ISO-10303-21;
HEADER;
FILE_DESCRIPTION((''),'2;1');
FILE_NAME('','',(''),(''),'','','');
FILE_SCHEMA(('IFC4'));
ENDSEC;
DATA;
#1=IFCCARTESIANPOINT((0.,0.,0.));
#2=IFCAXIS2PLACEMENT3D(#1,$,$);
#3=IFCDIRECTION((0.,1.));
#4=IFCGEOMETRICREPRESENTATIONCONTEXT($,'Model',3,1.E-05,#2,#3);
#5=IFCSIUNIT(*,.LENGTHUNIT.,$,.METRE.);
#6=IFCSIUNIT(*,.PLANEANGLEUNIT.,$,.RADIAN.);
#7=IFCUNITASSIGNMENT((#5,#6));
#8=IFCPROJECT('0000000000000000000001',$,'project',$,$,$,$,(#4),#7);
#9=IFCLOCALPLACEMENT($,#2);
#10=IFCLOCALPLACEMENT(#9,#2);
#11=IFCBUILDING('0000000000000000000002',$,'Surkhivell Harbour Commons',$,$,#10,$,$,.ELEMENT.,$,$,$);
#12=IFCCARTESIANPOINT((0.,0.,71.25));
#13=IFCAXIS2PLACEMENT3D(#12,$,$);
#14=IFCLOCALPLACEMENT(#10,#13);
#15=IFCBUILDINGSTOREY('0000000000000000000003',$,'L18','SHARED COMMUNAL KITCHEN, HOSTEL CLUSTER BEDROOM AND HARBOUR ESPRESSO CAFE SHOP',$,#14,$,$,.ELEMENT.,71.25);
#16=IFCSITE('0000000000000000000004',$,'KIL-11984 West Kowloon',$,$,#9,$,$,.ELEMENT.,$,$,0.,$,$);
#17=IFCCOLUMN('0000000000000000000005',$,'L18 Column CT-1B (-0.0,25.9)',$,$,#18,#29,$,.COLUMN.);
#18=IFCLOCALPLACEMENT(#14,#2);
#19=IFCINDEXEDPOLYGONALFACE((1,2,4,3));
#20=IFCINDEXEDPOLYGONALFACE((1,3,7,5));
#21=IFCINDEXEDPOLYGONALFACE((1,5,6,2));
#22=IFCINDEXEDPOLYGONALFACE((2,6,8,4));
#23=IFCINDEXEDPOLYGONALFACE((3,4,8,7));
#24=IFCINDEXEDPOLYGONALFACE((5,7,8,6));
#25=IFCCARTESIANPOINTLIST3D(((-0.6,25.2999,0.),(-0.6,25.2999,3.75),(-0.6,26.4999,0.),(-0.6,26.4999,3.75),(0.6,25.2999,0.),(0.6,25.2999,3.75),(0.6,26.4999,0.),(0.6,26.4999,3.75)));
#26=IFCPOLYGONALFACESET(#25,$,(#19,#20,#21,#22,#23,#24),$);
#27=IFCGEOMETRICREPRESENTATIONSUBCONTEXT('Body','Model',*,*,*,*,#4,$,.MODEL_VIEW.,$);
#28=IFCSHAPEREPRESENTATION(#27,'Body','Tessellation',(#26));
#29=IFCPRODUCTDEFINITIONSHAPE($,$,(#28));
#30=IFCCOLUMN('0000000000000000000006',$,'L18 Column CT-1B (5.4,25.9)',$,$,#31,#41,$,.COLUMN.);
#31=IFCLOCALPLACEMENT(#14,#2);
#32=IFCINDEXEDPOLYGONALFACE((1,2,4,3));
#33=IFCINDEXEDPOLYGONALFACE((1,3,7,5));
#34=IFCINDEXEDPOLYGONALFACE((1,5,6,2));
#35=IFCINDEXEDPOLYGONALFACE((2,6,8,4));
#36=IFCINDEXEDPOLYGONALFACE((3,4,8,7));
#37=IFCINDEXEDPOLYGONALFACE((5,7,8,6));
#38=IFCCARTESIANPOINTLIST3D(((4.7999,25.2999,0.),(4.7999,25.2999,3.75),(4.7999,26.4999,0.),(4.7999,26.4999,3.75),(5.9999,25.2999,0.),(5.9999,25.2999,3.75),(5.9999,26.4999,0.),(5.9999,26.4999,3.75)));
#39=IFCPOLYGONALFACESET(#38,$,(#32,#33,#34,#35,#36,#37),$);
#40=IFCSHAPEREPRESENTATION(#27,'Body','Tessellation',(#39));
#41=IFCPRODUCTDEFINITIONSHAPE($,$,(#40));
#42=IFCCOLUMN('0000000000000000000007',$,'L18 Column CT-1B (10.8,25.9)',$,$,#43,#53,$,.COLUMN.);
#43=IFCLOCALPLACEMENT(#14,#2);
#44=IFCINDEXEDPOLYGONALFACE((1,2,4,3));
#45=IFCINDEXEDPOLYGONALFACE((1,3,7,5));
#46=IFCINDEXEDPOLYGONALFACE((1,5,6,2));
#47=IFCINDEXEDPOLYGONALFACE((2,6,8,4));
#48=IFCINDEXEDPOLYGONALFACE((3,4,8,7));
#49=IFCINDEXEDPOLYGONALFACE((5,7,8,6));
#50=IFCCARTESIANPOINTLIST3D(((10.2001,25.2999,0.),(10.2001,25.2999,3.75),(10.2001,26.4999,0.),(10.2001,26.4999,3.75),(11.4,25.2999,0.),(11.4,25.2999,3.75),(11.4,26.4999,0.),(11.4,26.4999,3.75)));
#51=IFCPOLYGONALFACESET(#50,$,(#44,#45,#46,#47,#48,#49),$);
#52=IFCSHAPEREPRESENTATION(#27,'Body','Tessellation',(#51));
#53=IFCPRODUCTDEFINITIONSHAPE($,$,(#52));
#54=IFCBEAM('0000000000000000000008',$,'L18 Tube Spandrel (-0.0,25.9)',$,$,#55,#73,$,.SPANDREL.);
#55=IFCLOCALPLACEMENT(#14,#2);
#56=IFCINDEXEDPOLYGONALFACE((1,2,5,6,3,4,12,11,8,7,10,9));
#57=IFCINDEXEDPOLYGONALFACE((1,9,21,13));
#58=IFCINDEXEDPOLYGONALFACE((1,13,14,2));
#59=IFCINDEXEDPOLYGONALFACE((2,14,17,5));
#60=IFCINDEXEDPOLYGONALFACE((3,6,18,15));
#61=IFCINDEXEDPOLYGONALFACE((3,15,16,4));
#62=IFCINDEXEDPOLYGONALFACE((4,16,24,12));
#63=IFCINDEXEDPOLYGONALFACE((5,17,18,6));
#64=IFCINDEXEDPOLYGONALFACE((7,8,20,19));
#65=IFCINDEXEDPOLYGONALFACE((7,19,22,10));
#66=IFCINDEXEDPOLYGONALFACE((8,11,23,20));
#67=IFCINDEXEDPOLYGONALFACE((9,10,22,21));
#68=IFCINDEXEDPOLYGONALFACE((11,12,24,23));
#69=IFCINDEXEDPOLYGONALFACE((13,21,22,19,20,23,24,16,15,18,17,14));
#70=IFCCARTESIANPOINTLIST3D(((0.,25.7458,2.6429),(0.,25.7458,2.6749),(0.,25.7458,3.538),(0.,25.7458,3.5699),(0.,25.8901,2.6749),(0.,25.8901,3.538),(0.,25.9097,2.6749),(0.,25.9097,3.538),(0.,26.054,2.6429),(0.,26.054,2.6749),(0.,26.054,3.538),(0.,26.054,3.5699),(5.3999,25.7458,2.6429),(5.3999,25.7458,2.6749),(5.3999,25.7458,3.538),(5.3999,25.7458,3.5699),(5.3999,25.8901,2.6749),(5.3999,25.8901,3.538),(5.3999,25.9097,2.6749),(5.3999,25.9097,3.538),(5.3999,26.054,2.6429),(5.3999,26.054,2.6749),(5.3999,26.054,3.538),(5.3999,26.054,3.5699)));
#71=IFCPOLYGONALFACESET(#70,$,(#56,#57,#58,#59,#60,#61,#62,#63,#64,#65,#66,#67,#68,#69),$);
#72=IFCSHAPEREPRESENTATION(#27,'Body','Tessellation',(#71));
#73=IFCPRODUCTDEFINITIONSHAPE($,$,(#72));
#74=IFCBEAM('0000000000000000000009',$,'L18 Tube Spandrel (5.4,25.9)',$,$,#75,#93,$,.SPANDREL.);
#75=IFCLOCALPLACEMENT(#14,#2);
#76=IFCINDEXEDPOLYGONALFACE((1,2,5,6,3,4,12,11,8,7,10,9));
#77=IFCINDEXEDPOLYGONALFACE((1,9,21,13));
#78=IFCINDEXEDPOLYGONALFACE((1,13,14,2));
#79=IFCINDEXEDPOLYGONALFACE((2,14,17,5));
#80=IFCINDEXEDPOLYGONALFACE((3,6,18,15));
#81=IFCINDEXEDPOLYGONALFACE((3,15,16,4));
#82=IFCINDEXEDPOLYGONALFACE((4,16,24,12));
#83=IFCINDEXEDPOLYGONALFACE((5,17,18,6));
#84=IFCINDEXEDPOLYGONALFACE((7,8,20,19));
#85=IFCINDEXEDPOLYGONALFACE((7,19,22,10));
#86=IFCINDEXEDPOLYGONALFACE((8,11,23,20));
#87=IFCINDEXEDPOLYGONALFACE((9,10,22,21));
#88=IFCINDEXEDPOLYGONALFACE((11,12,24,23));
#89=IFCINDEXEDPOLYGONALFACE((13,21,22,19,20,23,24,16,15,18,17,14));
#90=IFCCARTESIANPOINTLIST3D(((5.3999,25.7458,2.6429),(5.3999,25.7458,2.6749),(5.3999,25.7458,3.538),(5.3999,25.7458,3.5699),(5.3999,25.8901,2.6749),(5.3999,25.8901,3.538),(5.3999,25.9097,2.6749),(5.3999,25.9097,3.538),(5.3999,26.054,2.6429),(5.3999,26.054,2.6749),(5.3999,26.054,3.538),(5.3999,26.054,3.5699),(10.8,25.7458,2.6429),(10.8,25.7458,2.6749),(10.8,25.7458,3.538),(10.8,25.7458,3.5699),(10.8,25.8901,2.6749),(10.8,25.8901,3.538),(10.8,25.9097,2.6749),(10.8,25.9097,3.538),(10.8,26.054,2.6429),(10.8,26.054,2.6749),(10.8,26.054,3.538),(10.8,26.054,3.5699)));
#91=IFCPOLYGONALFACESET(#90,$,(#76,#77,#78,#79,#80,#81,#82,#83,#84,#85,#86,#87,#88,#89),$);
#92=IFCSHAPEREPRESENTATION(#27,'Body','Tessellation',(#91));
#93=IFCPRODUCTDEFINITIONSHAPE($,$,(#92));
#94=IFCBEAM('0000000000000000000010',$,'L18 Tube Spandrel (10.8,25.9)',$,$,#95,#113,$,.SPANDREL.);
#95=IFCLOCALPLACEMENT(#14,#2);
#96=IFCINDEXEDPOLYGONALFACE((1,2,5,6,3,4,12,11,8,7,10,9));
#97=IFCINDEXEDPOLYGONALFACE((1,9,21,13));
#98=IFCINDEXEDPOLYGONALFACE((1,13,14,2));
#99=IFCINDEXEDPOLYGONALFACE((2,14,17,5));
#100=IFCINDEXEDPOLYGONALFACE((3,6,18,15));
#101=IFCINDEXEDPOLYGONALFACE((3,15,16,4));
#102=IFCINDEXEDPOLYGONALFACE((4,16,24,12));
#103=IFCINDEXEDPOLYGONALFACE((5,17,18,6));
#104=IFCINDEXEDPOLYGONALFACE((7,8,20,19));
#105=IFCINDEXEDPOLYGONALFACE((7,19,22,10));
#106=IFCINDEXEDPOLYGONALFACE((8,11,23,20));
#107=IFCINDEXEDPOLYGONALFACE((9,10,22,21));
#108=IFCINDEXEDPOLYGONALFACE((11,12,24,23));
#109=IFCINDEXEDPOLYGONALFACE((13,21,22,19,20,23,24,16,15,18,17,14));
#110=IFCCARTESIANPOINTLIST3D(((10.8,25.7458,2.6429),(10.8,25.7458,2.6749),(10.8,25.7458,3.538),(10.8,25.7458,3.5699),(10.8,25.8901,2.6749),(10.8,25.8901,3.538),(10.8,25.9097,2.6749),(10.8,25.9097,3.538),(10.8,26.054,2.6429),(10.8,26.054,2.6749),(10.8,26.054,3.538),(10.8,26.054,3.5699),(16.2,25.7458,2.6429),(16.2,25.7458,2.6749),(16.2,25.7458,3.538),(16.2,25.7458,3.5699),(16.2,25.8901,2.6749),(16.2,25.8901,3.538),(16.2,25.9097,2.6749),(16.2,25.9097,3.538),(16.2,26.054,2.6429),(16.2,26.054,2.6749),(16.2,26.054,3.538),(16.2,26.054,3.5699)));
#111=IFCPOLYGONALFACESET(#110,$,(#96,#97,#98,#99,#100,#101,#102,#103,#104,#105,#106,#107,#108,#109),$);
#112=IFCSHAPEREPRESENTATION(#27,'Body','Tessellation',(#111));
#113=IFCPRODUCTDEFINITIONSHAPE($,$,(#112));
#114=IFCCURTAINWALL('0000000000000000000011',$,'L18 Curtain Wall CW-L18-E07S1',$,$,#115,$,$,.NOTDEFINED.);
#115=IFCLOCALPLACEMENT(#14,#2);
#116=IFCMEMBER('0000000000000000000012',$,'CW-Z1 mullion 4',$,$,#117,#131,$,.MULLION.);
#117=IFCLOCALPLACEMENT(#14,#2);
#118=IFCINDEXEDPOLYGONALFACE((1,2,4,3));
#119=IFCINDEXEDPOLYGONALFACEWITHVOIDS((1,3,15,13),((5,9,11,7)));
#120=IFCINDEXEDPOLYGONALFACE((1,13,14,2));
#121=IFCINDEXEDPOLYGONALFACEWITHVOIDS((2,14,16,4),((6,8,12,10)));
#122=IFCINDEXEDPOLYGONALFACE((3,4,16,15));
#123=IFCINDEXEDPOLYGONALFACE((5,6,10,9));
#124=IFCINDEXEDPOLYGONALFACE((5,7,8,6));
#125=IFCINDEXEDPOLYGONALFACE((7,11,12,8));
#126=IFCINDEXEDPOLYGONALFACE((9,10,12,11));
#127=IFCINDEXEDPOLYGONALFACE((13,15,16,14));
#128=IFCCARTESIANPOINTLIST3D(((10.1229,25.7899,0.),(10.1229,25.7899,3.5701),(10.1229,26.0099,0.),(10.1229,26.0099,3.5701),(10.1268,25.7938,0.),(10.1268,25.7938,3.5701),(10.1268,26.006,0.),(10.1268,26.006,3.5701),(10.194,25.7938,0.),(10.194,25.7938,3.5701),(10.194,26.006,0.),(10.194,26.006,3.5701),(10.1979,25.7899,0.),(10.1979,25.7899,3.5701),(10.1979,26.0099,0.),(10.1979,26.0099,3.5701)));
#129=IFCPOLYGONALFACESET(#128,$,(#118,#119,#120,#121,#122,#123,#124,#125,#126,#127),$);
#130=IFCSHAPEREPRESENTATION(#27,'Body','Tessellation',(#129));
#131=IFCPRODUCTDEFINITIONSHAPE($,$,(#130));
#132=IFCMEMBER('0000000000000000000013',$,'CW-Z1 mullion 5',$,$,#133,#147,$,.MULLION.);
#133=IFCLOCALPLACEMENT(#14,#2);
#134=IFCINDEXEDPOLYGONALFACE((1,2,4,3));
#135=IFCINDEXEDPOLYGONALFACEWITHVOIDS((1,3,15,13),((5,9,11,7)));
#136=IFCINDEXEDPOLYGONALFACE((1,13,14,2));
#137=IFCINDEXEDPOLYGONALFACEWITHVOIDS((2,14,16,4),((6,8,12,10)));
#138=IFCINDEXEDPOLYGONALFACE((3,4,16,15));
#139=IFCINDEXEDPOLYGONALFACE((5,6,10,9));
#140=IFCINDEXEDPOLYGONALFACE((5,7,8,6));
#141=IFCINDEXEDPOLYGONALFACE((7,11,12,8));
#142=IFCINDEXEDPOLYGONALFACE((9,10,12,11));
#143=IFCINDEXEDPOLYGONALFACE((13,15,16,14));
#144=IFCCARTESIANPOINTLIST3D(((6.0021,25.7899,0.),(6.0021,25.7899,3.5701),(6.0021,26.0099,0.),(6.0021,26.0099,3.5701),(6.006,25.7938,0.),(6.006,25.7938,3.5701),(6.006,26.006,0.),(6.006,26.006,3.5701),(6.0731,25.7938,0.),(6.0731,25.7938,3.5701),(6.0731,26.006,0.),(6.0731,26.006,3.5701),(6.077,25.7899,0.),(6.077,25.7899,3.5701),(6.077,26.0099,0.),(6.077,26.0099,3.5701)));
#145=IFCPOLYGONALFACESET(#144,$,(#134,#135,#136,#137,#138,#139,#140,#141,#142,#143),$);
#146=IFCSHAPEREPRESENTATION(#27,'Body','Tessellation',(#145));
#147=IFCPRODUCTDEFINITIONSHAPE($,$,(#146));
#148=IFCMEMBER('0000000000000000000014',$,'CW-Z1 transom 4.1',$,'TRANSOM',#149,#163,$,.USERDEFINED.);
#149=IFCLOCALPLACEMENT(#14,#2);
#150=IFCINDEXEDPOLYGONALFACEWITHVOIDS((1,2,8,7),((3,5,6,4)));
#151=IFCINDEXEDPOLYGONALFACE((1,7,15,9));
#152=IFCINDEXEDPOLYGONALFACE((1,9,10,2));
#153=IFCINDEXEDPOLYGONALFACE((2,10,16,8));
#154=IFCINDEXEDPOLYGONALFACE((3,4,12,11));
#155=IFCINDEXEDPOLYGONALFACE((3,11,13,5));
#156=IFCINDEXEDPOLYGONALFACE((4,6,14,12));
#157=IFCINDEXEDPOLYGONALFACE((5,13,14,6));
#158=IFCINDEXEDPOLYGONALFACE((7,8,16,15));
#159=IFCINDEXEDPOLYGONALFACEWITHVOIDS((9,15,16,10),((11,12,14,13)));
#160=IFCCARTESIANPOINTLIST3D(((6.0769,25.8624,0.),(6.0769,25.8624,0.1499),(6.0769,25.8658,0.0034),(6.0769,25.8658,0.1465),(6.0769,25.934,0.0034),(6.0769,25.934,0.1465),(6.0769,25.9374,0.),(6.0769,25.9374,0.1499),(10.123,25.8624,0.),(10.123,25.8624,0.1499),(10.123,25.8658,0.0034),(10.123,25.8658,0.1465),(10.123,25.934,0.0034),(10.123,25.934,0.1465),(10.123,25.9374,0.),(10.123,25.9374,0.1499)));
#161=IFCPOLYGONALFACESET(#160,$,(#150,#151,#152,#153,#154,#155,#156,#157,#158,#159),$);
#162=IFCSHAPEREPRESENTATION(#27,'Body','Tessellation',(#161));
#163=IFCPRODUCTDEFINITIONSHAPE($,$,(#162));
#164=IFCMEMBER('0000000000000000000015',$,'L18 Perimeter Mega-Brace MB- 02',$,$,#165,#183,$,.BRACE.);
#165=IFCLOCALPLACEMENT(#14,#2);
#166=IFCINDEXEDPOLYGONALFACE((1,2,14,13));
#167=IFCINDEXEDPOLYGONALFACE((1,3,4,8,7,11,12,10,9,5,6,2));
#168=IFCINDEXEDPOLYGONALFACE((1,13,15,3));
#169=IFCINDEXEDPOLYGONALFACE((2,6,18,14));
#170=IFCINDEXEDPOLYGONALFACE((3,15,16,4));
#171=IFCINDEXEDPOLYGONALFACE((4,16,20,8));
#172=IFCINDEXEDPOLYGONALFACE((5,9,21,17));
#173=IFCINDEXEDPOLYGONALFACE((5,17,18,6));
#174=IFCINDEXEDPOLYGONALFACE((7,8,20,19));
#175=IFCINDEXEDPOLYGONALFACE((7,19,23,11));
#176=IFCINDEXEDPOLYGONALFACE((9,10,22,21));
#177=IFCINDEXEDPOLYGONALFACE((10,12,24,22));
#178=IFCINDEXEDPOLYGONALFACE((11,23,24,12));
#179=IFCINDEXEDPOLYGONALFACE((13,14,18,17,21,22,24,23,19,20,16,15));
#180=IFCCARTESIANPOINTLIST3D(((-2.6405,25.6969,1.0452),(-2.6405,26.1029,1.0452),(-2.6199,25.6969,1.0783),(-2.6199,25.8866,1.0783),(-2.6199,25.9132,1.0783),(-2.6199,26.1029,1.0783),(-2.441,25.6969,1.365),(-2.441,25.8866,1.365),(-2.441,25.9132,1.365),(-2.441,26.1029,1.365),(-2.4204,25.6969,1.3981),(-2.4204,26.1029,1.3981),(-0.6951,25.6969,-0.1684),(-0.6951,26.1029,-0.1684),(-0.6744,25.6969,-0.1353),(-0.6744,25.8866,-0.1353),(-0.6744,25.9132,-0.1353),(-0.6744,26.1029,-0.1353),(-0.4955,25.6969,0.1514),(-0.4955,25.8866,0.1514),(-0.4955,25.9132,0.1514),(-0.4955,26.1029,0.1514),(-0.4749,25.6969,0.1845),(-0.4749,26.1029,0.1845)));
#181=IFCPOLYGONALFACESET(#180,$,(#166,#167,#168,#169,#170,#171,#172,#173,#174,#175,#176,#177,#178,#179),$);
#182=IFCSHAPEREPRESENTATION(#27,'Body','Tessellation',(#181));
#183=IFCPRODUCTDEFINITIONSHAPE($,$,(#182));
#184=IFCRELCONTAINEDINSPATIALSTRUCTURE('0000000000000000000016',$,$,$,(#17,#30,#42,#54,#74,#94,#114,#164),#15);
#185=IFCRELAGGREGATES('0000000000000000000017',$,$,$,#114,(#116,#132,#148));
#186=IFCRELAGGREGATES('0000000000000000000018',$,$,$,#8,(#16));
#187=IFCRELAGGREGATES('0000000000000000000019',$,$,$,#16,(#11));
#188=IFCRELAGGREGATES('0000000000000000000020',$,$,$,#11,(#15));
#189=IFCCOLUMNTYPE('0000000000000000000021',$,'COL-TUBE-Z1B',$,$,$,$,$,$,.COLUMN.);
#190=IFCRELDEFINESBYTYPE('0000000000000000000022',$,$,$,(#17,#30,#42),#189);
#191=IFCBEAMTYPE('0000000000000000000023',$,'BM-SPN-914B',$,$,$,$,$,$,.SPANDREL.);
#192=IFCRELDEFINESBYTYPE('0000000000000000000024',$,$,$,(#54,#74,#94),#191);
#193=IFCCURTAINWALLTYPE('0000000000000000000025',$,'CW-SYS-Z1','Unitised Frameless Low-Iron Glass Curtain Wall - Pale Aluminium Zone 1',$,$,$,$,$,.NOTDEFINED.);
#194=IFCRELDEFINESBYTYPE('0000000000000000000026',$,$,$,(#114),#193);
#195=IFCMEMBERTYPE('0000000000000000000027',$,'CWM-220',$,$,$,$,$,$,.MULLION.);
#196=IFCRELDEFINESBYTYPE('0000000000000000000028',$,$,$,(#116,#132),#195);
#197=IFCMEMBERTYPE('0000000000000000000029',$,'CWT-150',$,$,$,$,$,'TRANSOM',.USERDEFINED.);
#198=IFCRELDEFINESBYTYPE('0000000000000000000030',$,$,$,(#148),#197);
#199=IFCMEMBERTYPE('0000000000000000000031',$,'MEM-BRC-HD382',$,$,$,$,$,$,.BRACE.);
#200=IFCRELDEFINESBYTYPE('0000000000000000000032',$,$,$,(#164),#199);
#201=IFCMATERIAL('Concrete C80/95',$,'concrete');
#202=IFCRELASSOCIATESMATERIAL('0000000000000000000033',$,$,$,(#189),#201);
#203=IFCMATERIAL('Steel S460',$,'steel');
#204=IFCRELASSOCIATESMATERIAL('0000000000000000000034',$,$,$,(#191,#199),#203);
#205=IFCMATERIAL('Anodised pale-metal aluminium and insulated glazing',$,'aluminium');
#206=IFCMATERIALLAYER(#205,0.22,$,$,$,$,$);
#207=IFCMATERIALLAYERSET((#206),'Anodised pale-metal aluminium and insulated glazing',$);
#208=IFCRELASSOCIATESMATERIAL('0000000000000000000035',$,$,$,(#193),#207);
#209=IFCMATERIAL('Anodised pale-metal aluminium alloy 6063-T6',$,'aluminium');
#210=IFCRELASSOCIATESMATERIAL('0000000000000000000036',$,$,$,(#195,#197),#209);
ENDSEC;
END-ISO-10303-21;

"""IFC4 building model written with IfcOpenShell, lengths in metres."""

from ifc_helpers import new_model, si_unit, direction, frame, origin, origin_2d, place, context, subcontext, project, spatial, rectangle, hollow_rectangle, i_section, extrude, material, layer, layer_set, material_profile, profile_set, type_object, element, aggregate, save


model = new_model("IFC4")

# Units and contexts
model_context = context("Model", 3, precision=1e-05, world=origin(), true_north=direction((0.0, 1.0)))
body_context = subcontext(model_context, "Body", "Model", "MODEL_VIEW")
ifc_project = project(units=[si_unit("LENGTHUNIT", "METRE"), si_unit("PLANEANGLEUNIT", "RADIAN")], contexts=[model_context])

# Site, building, storey
site_placement = place(None, origin())
site = spatial("IfcSite", under=ifc_project, at=site_placement, Name="KIL-11984 West Kowloon", CompositionType="ELEMENT", RefElevation=0.0)
building_placement = place(site_placement, origin())
building = spatial("IfcBuilding", under=site, at=building_placement, Name="Surkhivell Harbour Commons", CompositionType="ELEMENT")
storey_placement = place(building_placement, frame((0.0, 0.0, 71.25)))
storey = spatial("IfcBuildingStorey", under=building, at=storey_placement, Name="L18", Description="SHARED COMMUNAL KITCHEN, HOSTEL CLUSTER BEDROOM AND HARBOUR ESPRESSO CAFE SHOP", CompositionType="ELEMENT", Elevation=71.25)

# Columns
ifc_material_1 = material(Name="Concrete C80/95", Category="concrete")
ifc_material_profile_1 = material_profile(ifc_material_1, rectangle(XDim=1.2, YDim=1.2, at=origin_2d()), Name="RC-COL-1200x1200")
ifc_profile_set_1 = profile_set([ifc_material_profile_1], Name="Concrete C80/95")
column_type = type_object("IfcColumnType", Name="COL-TUBE-Z1B", PredefinedType="COLUMN", material=ifc_profile_set_1)
for number, where, z_axis, x_axis, name in (
    (1, (0.0, 25.8999, 0.0), (0.0, 0.0, 1.0), (1.0, 0.0, 0.0), "L18 Column CT-1B (-0.0,25.9)"),
    (2, (5.3999, 25.8999, 0.0), (0.0, 0.0, 1.0), (1.0, 0.0, 0.0), "L18 Column CT-1B (5.4,25.9)"),
    (3, (10.8, 25.8999, 0.0), (0.0, 0.0, 1.0), (1.0, 0.0, 0.0), "L18 Column CT-1B (10.8,25.9)"),
):
    element("IfcColumn", number, at=place(storey_placement, frame(where, z_axis=z_axis, x_axis=x_axis)), inside=storey, type_object=column_type, Name=name, PredefinedType="COLUMN", context=body_context, shape_type="SweptSolid", body=[
        extrude(rectangle(XDim=1.2, YDim=1.2, at=origin_2d()), origin(), (0.0, 0.0, 1.0), 3.75),
    ])

# Beams
ifc_material_2 = material(Name="Steel S460", Category="steel")
ifc_material_profile_2 = material_profile(ifc_material_2, i_section(OverallWidth=0.3081, OverallDepth=0.927, WebThickness=0.0195, FlangeThickness=0.032, at=origin_2d()), Name="UB914x305x289")
ifc_profile_set_2 = profile_set([ifc_material_profile_2], Name="Steel S460")
beam_type = type_object("IfcBeamType", Name="BM-SPN-914B", PredefinedType="SPANDREL", material=ifc_profile_set_2)
beam_1_placement = place(storey_placement, frame((0.0, 25.8999, 3.1064), z_axis=(1.0, 0.0, 0.0), x_axis=(0.0, 1.0, 0.0)))
element("IfcBeam", 4, at=beam_1_placement, inside=storey, type_object=beam_type, Name="L18 Tube Spandrel (-0.0,25.9)", PredefinedType="SPANDREL", context=body_context, shape_type="SweptSolid", body=[
    extrude(i_section(OverallWidth=0.3081, OverallDepth=0.927, WebThickness=0.0195, FlangeThickness=0.032, at=origin_2d()), origin(), (0.0, 0.0, 1.0), 5.3999),
])
beam_2_placement = place(storey_placement, frame((5.3999, 25.8999, 3.1064), z_axis=(1.0, 0.0, 0.0), x_axis=(0.0, 1.0, 0.0)))
element("IfcBeam", 5, at=beam_2_placement, inside=storey, type_object=beam_type, Name="L18 Tube Spandrel (5.4,25.9)", PredefinedType="SPANDREL", context=body_context, shape_type="SweptSolid", body=[
    extrude(i_section(OverallWidth=0.3081, OverallDepth=0.927, WebThickness=0.0195, FlangeThickness=0.032, at=origin_2d()), origin(), (0.0, 0.0, 1.0), 5.4001),
])
beam_3_placement = place(storey_placement, frame((10.8, 25.8999, 3.1064), z_axis=(1.0, 0.0, 0.0), x_axis=(0.0, 1.0, 0.0)))
element("IfcBeam", 6, at=beam_3_placement, inside=storey, type_object=beam_type, Name="L18 Tube Spandrel (10.8,25.9)", PredefinedType="SPANDREL", context=body_context, shape_type="SweptSolid", body=[
    extrude(i_section(OverallWidth=0.3081, OverallDepth=0.927, WebThickness=0.0195, FlangeThickness=0.032, at=origin_2d()), origin(), (0.0, 0.0, 1.0), 5.3999),
])

# Curtain wall, members
ifc_material_3 = material(Name="Anodised pale-metal aluminium and insulated glazing", Category="aluminium")
ifc_layer_1 = layer(ifc_material_3, 0.22)
ifc_layer_set_1 = layer_set([ifc_layer_1], Name="Anodised pale-metal aluminium and insulated glazing")
curtain_wall_type = type_object("IfcCurtainWallType", Name="CW-SYS-Z1", Description="Unitised Frameless Low-Iron Glass Curtain Wall - Pale Aluminium Zone 1", PredefinedType="NOTDEFINED", material=ifc_layer_set_1)
curtain_wall_placement = place(storey_placement, origin())
curtain_wall = element("IfcCurtainWall", 7, at=curtain_wall_placement, inside=storey, type_object=curtain_wall_type, Name="L18 Curtain Wall CW-L18-E07S1", PredefinedType="NOTDEFINED")
ifc_material_4 = material(Name="Anodised pale-metal aluminium alloy 6063-T6", Category="aluminium")
ifc_material_profile_3 = material_profile(ifc_material_4, hollow_rectangle(XDim=0.075, YDim=0.22, WallThickness=0.0039, at=origin_2d()), Name="ALU-MULL-75x220")
ifc_profile_set_3 = profile_set([ifc_material_profile_3], Name="Anodised pale-metal aluminium alloy 6063-T6")
member_type_1 = type_object("IfcMemberType", Name="CWM-220", PredefinedType="MULLION", material=ifc_profile_set_3)
member_1_placement = place(storey_placement, frame((10.1604, 25.8999, 0.0), z_axis=(0.0, 0.0, 1.0), x_axis=(-1.0, 0.0, 0.0)))
member_1 = element("IfcMember", 8, at=member_1_placement, type_object=member_type_1, Name="CW-Z1 mullion 4", PredefinedType="MULLION", context=body_context, shape_type="SweptSolid", body=[
    extrude(hollow_rectangle(XDim=0.075, YDim=0.22, WallThickness=0.0039, at=origin_2d()), origin(), (0.0, 0.0, 1.0), 3.5701),
])
member_2_placement = place(storey_placement, frame((6.0396, 25.8999, 0.0), z_axis=(0.0, 0.0, 1.0), x_axis=(-1.0, 0.0, 0.0)))
member_2 = element("IfcMember", 9, at=member_2_placement, type_object=member_type_1, Name="CW-Z1 mullion 5", PredefinedType="MULLION", context=body_context, shape_type="SweptSolid", body=[
    extrude(hollow_rectangle(XDim=0.075, YDim=0.22, WallThickness=0.0039, at=origin_2d()), origin(), (0.0, 0.0, 1.0), 3.5701),
])
ifc_material_profile_4 = material_profile(ifc_material_4, hollow_rectangle(XDim=0.075, YDim=0.1499, WallThickness=0.0034, at=origin_2d()), Name="ALU-TRAN-75x150")
ifc_profile_set_4 = profile_set([ifc_material_profile_4], Name="Anodised pale-metal aluminium alloy 6063-T6")
member_type_2 = type_object("IfcMemberType", Name="CWT-150", ElementType="TRANSOM", PredefinedType="USERDEFINED", material=ifc_profile_set_4)
member_3_placement = place(storey_placement, frame((10.123, 25.8999, 0.075), z_axis=(-1.0, 0.0, 0.0), x_axis=(0.0, -1.0, 0.0)))
member_3 = element("IfcMember", 10, at=member_3_placement, type_object=member_type_2, Name="CW-Z1 transom 4.1", ObjectType="TRANSOM", PredefinedType="USERDEFINED", context=body_context, shape_type="SweptSolid", body=[
    extrude(hollow_rectangle(XDim=0.075, YDim=0.1499, WallThickness=0.0034, at=origin_2d()), origin(), (0.0, 0.0, 1.0), 4.0461),
])

# Member
ifc_material_profile_5 = material_profile(ifc_material_2, i_section(OverallWidth=0.406, OverallDepth=0.416, WebThickness=0.0266, FlangeThickness=0.0391, at=origin_2d()), Name="HD400x382")
ifc_profile_set_5 = profile_set([ifc_material_profile_5], Name="Steel S460")
member_type_3 = type_object("IfcMemberType", Name="MEM-BRC-HD382", PredefinedType="BRACE", material=ifc_profile_set_5)
member_4_placement = place(storey_placement, frame((-0.585, 25.8999, 0.0081), z_axis=(-0.848459, 0.0, 0.529262), x_axis=(0.0, -1.0, 0.0)))
element("IfcMember", 11, at=member_4_placement, inside=storey, type_object=member_type_3, Name="L18 Perimeter Mega-Brace MB- 02", PredefinedType="BRACE", context=body_context, shape_type="SweptSolid", body=[
    extrude(i_section(OverallWidth=0.406, OverallDepth=0.416, WebThickness=0.0266, FlangeThickness=0.0391, at=origin_2d()), origin(), (0.0, 0.0, 1.0), 2.293),
])

aggregate(curtain_wall, [member_1, member_2, member_3])

save(model, "model.ifc")
